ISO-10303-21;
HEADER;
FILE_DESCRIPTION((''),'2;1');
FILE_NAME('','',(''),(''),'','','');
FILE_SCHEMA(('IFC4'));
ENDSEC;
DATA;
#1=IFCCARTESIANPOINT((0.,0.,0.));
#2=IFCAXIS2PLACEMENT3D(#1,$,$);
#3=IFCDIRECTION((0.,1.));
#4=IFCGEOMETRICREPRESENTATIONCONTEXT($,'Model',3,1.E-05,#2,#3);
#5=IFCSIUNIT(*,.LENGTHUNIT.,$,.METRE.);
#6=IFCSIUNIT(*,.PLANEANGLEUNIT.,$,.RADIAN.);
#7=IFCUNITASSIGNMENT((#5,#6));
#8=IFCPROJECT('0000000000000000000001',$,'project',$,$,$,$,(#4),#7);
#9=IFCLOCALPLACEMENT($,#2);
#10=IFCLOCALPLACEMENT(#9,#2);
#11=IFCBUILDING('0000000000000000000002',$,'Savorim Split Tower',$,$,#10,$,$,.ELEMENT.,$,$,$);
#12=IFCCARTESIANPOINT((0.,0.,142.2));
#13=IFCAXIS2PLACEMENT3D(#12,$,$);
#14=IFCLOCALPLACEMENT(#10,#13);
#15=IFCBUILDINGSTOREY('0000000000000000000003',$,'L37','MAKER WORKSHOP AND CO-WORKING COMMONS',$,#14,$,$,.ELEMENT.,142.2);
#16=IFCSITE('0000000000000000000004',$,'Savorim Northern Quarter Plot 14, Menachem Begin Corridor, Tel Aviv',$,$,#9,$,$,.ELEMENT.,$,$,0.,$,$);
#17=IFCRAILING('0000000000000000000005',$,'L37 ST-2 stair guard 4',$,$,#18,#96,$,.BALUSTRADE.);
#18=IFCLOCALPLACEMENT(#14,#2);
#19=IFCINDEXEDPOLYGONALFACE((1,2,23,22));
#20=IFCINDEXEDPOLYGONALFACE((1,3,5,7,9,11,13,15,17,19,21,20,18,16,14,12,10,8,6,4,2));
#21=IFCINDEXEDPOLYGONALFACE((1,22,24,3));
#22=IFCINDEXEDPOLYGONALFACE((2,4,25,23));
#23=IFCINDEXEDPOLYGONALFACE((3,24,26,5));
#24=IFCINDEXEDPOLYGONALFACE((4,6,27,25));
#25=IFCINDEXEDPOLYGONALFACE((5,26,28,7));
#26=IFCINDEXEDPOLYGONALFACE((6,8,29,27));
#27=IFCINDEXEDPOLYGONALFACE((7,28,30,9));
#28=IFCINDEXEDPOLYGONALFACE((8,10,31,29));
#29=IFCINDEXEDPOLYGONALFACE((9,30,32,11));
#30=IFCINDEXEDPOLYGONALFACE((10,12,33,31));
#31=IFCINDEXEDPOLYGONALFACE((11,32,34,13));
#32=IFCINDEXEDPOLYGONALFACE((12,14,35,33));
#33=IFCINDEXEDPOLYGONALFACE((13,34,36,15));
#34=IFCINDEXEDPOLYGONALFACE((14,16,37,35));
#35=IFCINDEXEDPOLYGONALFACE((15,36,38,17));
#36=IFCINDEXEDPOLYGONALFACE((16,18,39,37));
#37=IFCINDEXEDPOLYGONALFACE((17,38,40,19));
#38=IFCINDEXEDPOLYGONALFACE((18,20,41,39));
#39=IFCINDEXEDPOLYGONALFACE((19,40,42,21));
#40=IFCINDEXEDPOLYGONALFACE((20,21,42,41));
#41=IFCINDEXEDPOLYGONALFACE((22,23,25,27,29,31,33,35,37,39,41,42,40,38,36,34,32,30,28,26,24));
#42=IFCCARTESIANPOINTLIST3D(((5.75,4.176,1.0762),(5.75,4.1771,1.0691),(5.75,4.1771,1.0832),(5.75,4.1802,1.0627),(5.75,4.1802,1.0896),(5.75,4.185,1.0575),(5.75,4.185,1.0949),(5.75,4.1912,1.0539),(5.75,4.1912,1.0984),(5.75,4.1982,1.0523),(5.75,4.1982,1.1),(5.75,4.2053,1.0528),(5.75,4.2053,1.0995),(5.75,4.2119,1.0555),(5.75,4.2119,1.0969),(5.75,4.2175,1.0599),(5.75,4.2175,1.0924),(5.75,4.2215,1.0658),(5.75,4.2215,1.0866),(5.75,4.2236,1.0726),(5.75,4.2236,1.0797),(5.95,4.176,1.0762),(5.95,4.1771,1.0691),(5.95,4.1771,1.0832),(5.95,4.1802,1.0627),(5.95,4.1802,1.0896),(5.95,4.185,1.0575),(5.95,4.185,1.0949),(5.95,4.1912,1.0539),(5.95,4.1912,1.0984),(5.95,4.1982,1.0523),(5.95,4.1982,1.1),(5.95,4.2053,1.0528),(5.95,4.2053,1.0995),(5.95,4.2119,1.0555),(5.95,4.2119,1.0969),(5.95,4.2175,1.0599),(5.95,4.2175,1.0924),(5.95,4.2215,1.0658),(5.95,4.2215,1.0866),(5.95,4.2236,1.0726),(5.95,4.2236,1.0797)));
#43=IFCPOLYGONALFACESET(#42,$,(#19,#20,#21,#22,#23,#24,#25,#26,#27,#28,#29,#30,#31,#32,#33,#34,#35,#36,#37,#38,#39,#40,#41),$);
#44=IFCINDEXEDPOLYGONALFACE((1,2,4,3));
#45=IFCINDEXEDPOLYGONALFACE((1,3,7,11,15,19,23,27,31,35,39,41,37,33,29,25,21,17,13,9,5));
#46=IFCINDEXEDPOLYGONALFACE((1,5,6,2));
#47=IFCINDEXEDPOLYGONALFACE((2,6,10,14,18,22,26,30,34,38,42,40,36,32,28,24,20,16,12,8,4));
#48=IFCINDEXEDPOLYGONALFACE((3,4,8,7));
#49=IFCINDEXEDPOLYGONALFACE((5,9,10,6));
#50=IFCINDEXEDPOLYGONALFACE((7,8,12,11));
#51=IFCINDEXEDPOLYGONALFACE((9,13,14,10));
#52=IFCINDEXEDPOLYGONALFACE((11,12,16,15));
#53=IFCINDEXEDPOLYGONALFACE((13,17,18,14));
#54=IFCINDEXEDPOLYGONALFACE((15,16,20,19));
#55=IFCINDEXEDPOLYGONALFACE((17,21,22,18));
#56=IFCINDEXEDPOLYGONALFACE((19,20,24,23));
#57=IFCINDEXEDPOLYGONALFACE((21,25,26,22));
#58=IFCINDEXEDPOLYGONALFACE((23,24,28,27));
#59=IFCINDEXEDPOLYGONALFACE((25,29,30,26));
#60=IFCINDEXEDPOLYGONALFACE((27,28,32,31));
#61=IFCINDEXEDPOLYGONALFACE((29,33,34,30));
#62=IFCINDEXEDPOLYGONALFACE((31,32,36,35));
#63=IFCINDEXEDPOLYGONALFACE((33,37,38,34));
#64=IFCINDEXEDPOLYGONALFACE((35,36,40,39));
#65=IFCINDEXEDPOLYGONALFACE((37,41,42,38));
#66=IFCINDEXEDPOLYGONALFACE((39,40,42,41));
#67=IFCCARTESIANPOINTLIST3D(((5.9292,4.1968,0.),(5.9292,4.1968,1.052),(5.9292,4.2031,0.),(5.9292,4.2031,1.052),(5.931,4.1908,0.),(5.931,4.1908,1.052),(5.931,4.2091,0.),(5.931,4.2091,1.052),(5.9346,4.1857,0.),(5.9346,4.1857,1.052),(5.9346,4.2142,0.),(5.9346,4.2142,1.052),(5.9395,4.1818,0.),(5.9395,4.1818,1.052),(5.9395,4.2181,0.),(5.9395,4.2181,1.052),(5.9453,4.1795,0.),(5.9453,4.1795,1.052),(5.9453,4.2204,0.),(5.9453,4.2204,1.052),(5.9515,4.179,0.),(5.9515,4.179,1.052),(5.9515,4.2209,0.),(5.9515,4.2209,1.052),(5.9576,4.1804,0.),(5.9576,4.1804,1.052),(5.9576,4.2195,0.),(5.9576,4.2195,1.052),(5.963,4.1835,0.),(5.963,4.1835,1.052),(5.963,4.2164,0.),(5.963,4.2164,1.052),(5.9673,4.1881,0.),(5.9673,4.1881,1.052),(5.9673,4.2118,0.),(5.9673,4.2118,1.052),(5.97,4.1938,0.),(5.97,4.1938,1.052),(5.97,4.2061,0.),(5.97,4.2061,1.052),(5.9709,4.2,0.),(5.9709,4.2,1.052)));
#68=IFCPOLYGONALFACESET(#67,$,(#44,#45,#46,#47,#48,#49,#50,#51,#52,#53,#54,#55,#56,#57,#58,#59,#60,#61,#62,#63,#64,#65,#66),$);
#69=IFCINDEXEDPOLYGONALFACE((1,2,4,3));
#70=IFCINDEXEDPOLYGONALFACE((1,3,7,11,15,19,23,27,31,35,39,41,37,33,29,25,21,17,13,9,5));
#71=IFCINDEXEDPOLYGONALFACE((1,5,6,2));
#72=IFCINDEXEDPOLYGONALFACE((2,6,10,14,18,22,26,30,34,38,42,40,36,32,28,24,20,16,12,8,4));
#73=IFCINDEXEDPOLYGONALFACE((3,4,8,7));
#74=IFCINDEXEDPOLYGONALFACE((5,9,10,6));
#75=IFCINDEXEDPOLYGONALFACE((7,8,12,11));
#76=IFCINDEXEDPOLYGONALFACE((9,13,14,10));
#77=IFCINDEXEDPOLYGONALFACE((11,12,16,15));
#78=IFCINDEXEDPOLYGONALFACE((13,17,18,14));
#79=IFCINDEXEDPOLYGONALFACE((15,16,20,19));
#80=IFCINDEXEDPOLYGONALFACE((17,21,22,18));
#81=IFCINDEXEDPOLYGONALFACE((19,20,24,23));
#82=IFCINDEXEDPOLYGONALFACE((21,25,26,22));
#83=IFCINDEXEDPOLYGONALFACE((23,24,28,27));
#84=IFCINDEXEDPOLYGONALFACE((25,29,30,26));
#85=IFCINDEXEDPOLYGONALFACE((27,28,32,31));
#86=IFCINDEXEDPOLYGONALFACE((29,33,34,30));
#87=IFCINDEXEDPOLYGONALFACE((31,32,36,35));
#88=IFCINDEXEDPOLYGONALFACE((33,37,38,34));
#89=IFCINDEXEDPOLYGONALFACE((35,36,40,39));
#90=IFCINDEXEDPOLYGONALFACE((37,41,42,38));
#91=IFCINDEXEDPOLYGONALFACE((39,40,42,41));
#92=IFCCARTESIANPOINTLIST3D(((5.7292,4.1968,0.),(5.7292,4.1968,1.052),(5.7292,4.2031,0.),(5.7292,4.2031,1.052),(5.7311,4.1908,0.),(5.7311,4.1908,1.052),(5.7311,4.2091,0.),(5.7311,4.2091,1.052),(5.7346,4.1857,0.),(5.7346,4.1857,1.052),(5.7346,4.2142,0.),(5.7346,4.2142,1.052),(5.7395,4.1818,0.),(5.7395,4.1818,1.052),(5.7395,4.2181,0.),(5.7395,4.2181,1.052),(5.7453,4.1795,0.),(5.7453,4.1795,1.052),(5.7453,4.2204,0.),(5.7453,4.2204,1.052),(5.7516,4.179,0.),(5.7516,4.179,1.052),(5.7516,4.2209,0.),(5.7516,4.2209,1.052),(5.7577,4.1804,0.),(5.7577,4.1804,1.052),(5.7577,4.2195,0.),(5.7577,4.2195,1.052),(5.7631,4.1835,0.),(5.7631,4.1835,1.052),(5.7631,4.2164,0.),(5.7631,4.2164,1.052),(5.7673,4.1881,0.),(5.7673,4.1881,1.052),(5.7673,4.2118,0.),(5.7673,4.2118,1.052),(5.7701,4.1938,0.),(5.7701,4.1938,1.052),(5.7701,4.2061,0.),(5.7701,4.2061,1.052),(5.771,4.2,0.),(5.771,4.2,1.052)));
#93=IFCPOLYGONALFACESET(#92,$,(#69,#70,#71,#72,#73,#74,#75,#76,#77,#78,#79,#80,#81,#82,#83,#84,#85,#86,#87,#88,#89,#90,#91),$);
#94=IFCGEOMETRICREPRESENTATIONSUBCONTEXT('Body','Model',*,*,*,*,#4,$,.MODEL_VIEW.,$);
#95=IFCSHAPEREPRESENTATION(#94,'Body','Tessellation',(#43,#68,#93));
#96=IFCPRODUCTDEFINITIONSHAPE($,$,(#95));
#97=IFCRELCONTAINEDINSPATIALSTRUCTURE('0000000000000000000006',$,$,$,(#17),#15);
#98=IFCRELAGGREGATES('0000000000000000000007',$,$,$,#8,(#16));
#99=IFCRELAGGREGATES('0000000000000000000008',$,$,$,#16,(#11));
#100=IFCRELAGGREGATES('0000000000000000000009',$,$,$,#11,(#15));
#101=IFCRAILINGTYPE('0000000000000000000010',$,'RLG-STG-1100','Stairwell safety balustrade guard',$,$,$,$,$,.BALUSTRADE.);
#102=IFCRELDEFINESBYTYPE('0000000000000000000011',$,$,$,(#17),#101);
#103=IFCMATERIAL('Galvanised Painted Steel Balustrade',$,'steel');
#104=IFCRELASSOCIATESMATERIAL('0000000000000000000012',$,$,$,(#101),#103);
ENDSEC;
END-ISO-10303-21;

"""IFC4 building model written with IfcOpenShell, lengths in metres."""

from ifc_helpers import new_model, si_unit, direction, frame, origin, origin_2d, place, context, subcontext, project, spatial, circle, extrude, material, type_object, element, save


model = new_model("IFC4")

# Units and contexts
model_context = context("Model", 3, precision=1e-05, world=origin(), true_north=direction((0.0, 1.0)))
body_context = subcontext(model_context, "Body", "Model", "MODEL_VIEW")
ifc_project = project(units=[si_unit("LENGTHUNIT", "METRE"), si_unit("PLANEANGLEUNIT", "RADIAN")], contexts=[model_context])

# Site, building, storey
site_placement = place(None, origin())
site = spatial("IfcSite", under=ifc_project, at=site_placement, Name="Savorim Northern Quarter Plot 14, Menachem Begin Corridor, Tel Aviv", CompositionType="ELEMENT", RefElevation=0.0)
building_placement = place(site_placement, origin())
building = spatial("IfcBuilding", under=site, at=building_placement, Name="Savorim Split Tower", CompositionType="ELEMENT")
storey_placement = place(building_placement, frame((0.0, 0.0, 142.2)))
storey = spatial("IfcBuildingStorey", under=building, at=storey_placement, Name="L37", Description="MAKER WORKSHOP AND CO-WORKING COMMONS", CompositionType="ELEMENT", Elevation=142.2)

# Railing
ifc_material_1 = material(Name="Galvanised Painted Steel Balustrade", Category="steel")
railing_type_1 = type_object("IfcRailingType", Name="RLG-STG-1100", Description="Stairwell safety balustrade guard", PredefinedType="BALUSTRADE", material=ifc_material_1)
railing_1_placement = place(storey_placement, frame((5.95, 4.2, 0.0)))
element("IfcRailing", 1, at=railing_1_placement, inside=storey, type_object=railing_type_1, Name="L37 ST-2 stair guard 4", PredefinedType="BALUSTRADE", context=body_context, shape_type="SweptSolid", body=[
    extrude(circle(Radius=0.0239, at=origin_2d()), frame((0.0, 0.0, 1.0762), z_axis=(-1.0, 0.0, 0.0), x_axis=(0.0, -1.0, 0.0)), (0.0, 0.0, 1.0), 0.2),
    extrude(circle(Radius=0.021, at=origin_2d()), origin(), (0.0, 0.0, 1.0), 1.052),
    extrude(circle(Radius=0.021, at=origin_2d()), frame((-0.2, 0.0, 0.0)), (0.0, 0.0, 1.0), 1.052),
])

save(model, "model.ifc")
